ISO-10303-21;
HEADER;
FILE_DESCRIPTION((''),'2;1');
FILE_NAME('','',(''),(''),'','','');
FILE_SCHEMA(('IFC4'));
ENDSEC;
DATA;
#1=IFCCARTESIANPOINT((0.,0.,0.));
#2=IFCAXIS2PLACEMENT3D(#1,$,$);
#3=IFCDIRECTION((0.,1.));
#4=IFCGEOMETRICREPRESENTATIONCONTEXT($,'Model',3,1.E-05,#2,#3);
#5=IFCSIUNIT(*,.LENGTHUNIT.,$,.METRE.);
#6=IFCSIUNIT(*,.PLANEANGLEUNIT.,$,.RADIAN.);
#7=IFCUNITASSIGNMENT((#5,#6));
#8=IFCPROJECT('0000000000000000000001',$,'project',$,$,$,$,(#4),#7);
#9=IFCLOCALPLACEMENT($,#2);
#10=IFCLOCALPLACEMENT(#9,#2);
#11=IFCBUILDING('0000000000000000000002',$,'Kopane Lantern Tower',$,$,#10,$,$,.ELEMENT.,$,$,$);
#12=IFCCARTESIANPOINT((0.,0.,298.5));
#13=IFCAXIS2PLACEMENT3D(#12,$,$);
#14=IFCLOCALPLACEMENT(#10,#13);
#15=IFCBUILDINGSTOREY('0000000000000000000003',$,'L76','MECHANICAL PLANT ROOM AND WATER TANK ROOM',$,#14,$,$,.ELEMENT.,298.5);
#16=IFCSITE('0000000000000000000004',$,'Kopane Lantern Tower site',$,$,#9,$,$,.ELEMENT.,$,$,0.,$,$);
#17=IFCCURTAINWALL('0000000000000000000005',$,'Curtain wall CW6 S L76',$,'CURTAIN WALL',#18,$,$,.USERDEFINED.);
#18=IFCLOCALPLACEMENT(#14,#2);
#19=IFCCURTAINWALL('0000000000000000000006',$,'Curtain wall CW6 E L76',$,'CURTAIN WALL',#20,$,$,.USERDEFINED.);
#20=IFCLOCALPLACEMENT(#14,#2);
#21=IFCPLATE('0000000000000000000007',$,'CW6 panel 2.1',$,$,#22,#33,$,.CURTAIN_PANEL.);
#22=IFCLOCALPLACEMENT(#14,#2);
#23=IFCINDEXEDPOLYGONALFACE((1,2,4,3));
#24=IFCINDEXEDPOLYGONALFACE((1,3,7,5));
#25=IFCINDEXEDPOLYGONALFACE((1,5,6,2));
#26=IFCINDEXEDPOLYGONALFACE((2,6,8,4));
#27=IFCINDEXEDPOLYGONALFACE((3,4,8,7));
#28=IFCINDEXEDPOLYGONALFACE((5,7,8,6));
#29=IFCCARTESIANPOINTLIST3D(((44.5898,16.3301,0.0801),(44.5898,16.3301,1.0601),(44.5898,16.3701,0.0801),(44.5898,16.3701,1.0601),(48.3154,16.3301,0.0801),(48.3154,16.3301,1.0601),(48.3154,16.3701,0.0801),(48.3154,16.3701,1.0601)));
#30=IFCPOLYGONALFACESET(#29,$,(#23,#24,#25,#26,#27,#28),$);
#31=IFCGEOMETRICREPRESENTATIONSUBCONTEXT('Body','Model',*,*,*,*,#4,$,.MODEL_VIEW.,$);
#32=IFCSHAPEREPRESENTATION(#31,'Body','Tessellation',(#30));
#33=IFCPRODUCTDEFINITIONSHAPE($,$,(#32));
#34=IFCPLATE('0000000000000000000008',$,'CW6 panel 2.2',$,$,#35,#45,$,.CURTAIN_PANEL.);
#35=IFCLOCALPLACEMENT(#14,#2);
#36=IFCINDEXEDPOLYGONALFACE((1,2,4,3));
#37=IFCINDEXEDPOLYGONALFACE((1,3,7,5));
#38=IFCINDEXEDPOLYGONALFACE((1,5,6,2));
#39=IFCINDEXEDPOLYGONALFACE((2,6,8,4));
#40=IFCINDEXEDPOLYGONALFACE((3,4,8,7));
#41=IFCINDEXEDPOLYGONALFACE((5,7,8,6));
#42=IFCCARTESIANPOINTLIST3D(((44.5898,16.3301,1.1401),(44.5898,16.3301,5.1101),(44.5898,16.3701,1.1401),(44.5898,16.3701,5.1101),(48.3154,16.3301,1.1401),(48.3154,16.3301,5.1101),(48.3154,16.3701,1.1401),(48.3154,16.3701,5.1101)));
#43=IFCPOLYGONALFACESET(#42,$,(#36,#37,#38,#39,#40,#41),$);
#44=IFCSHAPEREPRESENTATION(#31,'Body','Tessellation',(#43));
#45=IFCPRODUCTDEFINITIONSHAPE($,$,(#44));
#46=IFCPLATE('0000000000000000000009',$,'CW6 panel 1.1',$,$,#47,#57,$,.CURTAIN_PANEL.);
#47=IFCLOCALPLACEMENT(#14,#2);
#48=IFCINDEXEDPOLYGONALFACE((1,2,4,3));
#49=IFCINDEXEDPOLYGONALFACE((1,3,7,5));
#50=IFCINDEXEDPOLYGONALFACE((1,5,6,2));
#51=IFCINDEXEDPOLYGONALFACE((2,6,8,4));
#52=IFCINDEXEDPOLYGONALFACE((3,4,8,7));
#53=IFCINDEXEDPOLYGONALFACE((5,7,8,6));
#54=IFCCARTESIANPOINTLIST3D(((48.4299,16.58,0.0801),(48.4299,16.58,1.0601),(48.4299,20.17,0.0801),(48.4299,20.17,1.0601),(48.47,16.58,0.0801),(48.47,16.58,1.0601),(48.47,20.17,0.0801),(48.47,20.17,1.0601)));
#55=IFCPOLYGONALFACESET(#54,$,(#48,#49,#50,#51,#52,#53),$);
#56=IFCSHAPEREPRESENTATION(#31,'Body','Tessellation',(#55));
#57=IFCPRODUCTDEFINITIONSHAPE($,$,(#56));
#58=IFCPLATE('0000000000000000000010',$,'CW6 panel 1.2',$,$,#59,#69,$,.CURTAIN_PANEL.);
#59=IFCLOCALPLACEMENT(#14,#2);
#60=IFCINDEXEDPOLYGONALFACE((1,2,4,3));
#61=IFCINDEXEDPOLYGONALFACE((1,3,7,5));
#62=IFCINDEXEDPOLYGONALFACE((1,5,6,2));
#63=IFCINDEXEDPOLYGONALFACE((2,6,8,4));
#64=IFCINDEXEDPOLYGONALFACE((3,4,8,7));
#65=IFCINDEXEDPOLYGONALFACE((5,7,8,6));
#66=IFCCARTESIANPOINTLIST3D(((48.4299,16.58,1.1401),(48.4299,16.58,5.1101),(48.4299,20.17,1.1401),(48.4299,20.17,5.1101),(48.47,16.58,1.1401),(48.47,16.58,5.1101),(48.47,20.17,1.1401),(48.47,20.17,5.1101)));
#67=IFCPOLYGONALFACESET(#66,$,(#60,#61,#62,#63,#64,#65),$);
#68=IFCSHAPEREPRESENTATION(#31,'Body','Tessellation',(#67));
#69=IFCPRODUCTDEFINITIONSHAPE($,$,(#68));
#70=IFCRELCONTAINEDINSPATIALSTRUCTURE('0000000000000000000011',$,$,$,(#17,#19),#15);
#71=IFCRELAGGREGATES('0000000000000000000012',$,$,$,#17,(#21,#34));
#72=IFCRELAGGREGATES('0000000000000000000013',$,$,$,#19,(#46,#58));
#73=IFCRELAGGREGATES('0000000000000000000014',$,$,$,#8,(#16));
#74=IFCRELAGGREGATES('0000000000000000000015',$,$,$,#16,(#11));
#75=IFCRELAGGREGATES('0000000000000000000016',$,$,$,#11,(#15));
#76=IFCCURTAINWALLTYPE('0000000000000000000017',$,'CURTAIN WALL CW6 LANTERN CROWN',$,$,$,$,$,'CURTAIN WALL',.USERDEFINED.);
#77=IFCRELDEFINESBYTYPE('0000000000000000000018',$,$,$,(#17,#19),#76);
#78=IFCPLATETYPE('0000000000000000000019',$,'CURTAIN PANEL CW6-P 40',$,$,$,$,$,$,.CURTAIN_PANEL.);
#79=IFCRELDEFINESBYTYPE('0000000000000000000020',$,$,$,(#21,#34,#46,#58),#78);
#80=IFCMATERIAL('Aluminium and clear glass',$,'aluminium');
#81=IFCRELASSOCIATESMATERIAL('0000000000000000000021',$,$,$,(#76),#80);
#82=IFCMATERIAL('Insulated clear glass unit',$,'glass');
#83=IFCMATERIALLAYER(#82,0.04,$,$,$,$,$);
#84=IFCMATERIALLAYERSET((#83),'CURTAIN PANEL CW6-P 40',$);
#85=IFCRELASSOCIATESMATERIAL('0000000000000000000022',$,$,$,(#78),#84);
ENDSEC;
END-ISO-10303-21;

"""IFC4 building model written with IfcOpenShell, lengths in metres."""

from ifc_helpers import new_model, si_unit, direction, frame, origin, origin_2d, place, context, subcontext, project, spatial, rectangle, extrude, material, layer, layer_set, type_object, element, aggregate, save


model = new_model("IFC4")

# Units and contexts
model_context = context("Model", 3, precision=1e-05, world=origin(), true_north=direction((0.0, 1.0)))
body_context = subcontext(model_context, "Body", "Model", "MODEL_VIEW")
ifc_project = project(units=[si_unit("LENGTHUNIT", "METRE"), si_unit("PLANEANGLEUNIT", "RADIAN")], contexts=[model_context])

# Site, building, storey
site_placement = place(None, origin())
site = spatial("IfcSite", under=ifc_project, at=site_placement, Name="Kopane Lantern Tower site", CompositionType="ELEMENT", RefElevation=0.0)
building_placement = place(site_placement, origin())
building = spatial("IfcBuilding", under=site, at=building_placement, Name="Kopane Lantern Tower", CompositionType="ELEMENT")
storey_placement = place(building_placement, frame((0.0, 0.0, 298.5)))
storey = spatial("IfcBuildingStorey", under=building, at=storey_placement, Name="L76", Description="MECHANICAL PLANT ROOM AND WATER TANK ROOM", CompositionType="ELEMENT", Elevation=298.5)

# Curtain wall
ifc_material_1 = material(Name="Aluminium and clear glass", Category="aluminium")
curtain_wall_type = type_object("IfcCurtainWallType", Name="CURTAIN WALL CW6 LANTERN CROWN", ElementType="CURTAIN WALL", PredefinedType="USERDEFINED", material=ifc_material_1)
curtain_wall_1_placement = place(storey_placement, origin())
curtain_wall_1 = element("IfcCurtainWall", 1, at=curtain_wall_1_placement, inside=storey, type_object=curtain_wall_type, Name="Curtain wall CW6 S L76", ObjectType="CURTAIN WALL", PredefinedType="USERDEFINED")

# Curtain wall
curtain_wall_2_placement = place(storey_placement, origin())
curtain_wall_2 = element("IfcCurtainWall", 2, at=curtain_wall_2_placement, inside=storey, type_object=curtain_wall_type, Name="Curtain wall CW6 E L76", ObjectType="CURTAIN WALL", PredefinedType="USERDEFINED")

# Plates
ifc_material_2 = material(Name="Insulated clear glass unit", Category="glass")
ifc_layer = layer(ifc_material_2, 0.04)
ifc_layer_set = layer_set([ifc_layer], Name="CURTAIN PANEL CW6-P 40")
plate_type = type_object("IfcPlateType", Name="CURTAIN PANEL CW6-P 40", PredefinedType="CURTAIN_PANEL", material=ifc_layer_set)
plate_1_placement = place(storey_placement, frame((46.4526, 16.3501, 0.0801), z_axis=(0.0, 0.0, 1.0), x_axis=(1.0, 0.0, 0.0)))
plate_1 = element("IfcPlate", 3, at=plate_1_placement, type_object=plate_type, Name="CW6 panel 2.1", PredefinedType="CURTAIN_PANEL", context=body_context, shape_type="SweptSolid", body=[
    extrude(rectangle(XDim=3.7256, YDim=0.04, at=origin_2d()), origin(), (0.0, 0.0, 1.0), 0.98),
])
plate_2_placement = place(storey_placement, frame((46.4526, 16.3501, 1.1401), z_axis=(0.0, 0.0, 1.0), x_axis=(1.0, 0.0, 0.0)))
plate_2 = element("IfcPlate", 4, at=plate_2_placement, type_object=plate_type, Name="CW6 panel 2.2", PredefinedType="CURTAIN_PANEL", context=body_context, shape_type="SweptSolid", body=[
    extrude(rectangle(XDim=3.7256, YDim=0.04, at=origin_2d()), origin(), (0.0, 0.0, 1.0), 3.97),
])
aggregate(curtain_wall_1, [plate_1, plate_2])
plate_3_placement = place(storey_placement, frame((48.45, 18.375, 0.0801), z_axis=(0.0, 0.0, 1.0), x_axis=(0.0, 1.0, 0.0)))
plate_3 = element("IfcPlate", 5, at=plate_3_placement, type_object=plate_type, Name="CW6 panel 1.1", PredefinedType="CURTAIN_PANEL", context=body_context, shape_type="SweptSolid", body=[
    extrude(rectangle(XDim=3.5901, YDim=0.04, at=origin_2d()), origin(), (0.0, 0.0, 1.0), 0.98),
])
plate_4_placement = place(storey_placement, frame((48.45, 18.375, 1.1401), z_axis=(0.0, 0.0, 1.0), x_axis=(0.0, 1.0, 0.0)))
plate_4 = element("IfcPlate", 6, at=plate_4_placement, type_object=plate_type, Name="CW6 panel 1.2", PredefinedType="CURTAIN_PANEL", context=body_context, shape_type="SweptSolid", body=[
    extrude(rectangle(XDim=3.5901, YDim=0.04, at=origin_2d()), origin(), (0.0, 0.0, 1.0), 3.97),
])
aggregate(curtain_wall_2, [plate_3, plate_4])

save(model, "model.ifc")
